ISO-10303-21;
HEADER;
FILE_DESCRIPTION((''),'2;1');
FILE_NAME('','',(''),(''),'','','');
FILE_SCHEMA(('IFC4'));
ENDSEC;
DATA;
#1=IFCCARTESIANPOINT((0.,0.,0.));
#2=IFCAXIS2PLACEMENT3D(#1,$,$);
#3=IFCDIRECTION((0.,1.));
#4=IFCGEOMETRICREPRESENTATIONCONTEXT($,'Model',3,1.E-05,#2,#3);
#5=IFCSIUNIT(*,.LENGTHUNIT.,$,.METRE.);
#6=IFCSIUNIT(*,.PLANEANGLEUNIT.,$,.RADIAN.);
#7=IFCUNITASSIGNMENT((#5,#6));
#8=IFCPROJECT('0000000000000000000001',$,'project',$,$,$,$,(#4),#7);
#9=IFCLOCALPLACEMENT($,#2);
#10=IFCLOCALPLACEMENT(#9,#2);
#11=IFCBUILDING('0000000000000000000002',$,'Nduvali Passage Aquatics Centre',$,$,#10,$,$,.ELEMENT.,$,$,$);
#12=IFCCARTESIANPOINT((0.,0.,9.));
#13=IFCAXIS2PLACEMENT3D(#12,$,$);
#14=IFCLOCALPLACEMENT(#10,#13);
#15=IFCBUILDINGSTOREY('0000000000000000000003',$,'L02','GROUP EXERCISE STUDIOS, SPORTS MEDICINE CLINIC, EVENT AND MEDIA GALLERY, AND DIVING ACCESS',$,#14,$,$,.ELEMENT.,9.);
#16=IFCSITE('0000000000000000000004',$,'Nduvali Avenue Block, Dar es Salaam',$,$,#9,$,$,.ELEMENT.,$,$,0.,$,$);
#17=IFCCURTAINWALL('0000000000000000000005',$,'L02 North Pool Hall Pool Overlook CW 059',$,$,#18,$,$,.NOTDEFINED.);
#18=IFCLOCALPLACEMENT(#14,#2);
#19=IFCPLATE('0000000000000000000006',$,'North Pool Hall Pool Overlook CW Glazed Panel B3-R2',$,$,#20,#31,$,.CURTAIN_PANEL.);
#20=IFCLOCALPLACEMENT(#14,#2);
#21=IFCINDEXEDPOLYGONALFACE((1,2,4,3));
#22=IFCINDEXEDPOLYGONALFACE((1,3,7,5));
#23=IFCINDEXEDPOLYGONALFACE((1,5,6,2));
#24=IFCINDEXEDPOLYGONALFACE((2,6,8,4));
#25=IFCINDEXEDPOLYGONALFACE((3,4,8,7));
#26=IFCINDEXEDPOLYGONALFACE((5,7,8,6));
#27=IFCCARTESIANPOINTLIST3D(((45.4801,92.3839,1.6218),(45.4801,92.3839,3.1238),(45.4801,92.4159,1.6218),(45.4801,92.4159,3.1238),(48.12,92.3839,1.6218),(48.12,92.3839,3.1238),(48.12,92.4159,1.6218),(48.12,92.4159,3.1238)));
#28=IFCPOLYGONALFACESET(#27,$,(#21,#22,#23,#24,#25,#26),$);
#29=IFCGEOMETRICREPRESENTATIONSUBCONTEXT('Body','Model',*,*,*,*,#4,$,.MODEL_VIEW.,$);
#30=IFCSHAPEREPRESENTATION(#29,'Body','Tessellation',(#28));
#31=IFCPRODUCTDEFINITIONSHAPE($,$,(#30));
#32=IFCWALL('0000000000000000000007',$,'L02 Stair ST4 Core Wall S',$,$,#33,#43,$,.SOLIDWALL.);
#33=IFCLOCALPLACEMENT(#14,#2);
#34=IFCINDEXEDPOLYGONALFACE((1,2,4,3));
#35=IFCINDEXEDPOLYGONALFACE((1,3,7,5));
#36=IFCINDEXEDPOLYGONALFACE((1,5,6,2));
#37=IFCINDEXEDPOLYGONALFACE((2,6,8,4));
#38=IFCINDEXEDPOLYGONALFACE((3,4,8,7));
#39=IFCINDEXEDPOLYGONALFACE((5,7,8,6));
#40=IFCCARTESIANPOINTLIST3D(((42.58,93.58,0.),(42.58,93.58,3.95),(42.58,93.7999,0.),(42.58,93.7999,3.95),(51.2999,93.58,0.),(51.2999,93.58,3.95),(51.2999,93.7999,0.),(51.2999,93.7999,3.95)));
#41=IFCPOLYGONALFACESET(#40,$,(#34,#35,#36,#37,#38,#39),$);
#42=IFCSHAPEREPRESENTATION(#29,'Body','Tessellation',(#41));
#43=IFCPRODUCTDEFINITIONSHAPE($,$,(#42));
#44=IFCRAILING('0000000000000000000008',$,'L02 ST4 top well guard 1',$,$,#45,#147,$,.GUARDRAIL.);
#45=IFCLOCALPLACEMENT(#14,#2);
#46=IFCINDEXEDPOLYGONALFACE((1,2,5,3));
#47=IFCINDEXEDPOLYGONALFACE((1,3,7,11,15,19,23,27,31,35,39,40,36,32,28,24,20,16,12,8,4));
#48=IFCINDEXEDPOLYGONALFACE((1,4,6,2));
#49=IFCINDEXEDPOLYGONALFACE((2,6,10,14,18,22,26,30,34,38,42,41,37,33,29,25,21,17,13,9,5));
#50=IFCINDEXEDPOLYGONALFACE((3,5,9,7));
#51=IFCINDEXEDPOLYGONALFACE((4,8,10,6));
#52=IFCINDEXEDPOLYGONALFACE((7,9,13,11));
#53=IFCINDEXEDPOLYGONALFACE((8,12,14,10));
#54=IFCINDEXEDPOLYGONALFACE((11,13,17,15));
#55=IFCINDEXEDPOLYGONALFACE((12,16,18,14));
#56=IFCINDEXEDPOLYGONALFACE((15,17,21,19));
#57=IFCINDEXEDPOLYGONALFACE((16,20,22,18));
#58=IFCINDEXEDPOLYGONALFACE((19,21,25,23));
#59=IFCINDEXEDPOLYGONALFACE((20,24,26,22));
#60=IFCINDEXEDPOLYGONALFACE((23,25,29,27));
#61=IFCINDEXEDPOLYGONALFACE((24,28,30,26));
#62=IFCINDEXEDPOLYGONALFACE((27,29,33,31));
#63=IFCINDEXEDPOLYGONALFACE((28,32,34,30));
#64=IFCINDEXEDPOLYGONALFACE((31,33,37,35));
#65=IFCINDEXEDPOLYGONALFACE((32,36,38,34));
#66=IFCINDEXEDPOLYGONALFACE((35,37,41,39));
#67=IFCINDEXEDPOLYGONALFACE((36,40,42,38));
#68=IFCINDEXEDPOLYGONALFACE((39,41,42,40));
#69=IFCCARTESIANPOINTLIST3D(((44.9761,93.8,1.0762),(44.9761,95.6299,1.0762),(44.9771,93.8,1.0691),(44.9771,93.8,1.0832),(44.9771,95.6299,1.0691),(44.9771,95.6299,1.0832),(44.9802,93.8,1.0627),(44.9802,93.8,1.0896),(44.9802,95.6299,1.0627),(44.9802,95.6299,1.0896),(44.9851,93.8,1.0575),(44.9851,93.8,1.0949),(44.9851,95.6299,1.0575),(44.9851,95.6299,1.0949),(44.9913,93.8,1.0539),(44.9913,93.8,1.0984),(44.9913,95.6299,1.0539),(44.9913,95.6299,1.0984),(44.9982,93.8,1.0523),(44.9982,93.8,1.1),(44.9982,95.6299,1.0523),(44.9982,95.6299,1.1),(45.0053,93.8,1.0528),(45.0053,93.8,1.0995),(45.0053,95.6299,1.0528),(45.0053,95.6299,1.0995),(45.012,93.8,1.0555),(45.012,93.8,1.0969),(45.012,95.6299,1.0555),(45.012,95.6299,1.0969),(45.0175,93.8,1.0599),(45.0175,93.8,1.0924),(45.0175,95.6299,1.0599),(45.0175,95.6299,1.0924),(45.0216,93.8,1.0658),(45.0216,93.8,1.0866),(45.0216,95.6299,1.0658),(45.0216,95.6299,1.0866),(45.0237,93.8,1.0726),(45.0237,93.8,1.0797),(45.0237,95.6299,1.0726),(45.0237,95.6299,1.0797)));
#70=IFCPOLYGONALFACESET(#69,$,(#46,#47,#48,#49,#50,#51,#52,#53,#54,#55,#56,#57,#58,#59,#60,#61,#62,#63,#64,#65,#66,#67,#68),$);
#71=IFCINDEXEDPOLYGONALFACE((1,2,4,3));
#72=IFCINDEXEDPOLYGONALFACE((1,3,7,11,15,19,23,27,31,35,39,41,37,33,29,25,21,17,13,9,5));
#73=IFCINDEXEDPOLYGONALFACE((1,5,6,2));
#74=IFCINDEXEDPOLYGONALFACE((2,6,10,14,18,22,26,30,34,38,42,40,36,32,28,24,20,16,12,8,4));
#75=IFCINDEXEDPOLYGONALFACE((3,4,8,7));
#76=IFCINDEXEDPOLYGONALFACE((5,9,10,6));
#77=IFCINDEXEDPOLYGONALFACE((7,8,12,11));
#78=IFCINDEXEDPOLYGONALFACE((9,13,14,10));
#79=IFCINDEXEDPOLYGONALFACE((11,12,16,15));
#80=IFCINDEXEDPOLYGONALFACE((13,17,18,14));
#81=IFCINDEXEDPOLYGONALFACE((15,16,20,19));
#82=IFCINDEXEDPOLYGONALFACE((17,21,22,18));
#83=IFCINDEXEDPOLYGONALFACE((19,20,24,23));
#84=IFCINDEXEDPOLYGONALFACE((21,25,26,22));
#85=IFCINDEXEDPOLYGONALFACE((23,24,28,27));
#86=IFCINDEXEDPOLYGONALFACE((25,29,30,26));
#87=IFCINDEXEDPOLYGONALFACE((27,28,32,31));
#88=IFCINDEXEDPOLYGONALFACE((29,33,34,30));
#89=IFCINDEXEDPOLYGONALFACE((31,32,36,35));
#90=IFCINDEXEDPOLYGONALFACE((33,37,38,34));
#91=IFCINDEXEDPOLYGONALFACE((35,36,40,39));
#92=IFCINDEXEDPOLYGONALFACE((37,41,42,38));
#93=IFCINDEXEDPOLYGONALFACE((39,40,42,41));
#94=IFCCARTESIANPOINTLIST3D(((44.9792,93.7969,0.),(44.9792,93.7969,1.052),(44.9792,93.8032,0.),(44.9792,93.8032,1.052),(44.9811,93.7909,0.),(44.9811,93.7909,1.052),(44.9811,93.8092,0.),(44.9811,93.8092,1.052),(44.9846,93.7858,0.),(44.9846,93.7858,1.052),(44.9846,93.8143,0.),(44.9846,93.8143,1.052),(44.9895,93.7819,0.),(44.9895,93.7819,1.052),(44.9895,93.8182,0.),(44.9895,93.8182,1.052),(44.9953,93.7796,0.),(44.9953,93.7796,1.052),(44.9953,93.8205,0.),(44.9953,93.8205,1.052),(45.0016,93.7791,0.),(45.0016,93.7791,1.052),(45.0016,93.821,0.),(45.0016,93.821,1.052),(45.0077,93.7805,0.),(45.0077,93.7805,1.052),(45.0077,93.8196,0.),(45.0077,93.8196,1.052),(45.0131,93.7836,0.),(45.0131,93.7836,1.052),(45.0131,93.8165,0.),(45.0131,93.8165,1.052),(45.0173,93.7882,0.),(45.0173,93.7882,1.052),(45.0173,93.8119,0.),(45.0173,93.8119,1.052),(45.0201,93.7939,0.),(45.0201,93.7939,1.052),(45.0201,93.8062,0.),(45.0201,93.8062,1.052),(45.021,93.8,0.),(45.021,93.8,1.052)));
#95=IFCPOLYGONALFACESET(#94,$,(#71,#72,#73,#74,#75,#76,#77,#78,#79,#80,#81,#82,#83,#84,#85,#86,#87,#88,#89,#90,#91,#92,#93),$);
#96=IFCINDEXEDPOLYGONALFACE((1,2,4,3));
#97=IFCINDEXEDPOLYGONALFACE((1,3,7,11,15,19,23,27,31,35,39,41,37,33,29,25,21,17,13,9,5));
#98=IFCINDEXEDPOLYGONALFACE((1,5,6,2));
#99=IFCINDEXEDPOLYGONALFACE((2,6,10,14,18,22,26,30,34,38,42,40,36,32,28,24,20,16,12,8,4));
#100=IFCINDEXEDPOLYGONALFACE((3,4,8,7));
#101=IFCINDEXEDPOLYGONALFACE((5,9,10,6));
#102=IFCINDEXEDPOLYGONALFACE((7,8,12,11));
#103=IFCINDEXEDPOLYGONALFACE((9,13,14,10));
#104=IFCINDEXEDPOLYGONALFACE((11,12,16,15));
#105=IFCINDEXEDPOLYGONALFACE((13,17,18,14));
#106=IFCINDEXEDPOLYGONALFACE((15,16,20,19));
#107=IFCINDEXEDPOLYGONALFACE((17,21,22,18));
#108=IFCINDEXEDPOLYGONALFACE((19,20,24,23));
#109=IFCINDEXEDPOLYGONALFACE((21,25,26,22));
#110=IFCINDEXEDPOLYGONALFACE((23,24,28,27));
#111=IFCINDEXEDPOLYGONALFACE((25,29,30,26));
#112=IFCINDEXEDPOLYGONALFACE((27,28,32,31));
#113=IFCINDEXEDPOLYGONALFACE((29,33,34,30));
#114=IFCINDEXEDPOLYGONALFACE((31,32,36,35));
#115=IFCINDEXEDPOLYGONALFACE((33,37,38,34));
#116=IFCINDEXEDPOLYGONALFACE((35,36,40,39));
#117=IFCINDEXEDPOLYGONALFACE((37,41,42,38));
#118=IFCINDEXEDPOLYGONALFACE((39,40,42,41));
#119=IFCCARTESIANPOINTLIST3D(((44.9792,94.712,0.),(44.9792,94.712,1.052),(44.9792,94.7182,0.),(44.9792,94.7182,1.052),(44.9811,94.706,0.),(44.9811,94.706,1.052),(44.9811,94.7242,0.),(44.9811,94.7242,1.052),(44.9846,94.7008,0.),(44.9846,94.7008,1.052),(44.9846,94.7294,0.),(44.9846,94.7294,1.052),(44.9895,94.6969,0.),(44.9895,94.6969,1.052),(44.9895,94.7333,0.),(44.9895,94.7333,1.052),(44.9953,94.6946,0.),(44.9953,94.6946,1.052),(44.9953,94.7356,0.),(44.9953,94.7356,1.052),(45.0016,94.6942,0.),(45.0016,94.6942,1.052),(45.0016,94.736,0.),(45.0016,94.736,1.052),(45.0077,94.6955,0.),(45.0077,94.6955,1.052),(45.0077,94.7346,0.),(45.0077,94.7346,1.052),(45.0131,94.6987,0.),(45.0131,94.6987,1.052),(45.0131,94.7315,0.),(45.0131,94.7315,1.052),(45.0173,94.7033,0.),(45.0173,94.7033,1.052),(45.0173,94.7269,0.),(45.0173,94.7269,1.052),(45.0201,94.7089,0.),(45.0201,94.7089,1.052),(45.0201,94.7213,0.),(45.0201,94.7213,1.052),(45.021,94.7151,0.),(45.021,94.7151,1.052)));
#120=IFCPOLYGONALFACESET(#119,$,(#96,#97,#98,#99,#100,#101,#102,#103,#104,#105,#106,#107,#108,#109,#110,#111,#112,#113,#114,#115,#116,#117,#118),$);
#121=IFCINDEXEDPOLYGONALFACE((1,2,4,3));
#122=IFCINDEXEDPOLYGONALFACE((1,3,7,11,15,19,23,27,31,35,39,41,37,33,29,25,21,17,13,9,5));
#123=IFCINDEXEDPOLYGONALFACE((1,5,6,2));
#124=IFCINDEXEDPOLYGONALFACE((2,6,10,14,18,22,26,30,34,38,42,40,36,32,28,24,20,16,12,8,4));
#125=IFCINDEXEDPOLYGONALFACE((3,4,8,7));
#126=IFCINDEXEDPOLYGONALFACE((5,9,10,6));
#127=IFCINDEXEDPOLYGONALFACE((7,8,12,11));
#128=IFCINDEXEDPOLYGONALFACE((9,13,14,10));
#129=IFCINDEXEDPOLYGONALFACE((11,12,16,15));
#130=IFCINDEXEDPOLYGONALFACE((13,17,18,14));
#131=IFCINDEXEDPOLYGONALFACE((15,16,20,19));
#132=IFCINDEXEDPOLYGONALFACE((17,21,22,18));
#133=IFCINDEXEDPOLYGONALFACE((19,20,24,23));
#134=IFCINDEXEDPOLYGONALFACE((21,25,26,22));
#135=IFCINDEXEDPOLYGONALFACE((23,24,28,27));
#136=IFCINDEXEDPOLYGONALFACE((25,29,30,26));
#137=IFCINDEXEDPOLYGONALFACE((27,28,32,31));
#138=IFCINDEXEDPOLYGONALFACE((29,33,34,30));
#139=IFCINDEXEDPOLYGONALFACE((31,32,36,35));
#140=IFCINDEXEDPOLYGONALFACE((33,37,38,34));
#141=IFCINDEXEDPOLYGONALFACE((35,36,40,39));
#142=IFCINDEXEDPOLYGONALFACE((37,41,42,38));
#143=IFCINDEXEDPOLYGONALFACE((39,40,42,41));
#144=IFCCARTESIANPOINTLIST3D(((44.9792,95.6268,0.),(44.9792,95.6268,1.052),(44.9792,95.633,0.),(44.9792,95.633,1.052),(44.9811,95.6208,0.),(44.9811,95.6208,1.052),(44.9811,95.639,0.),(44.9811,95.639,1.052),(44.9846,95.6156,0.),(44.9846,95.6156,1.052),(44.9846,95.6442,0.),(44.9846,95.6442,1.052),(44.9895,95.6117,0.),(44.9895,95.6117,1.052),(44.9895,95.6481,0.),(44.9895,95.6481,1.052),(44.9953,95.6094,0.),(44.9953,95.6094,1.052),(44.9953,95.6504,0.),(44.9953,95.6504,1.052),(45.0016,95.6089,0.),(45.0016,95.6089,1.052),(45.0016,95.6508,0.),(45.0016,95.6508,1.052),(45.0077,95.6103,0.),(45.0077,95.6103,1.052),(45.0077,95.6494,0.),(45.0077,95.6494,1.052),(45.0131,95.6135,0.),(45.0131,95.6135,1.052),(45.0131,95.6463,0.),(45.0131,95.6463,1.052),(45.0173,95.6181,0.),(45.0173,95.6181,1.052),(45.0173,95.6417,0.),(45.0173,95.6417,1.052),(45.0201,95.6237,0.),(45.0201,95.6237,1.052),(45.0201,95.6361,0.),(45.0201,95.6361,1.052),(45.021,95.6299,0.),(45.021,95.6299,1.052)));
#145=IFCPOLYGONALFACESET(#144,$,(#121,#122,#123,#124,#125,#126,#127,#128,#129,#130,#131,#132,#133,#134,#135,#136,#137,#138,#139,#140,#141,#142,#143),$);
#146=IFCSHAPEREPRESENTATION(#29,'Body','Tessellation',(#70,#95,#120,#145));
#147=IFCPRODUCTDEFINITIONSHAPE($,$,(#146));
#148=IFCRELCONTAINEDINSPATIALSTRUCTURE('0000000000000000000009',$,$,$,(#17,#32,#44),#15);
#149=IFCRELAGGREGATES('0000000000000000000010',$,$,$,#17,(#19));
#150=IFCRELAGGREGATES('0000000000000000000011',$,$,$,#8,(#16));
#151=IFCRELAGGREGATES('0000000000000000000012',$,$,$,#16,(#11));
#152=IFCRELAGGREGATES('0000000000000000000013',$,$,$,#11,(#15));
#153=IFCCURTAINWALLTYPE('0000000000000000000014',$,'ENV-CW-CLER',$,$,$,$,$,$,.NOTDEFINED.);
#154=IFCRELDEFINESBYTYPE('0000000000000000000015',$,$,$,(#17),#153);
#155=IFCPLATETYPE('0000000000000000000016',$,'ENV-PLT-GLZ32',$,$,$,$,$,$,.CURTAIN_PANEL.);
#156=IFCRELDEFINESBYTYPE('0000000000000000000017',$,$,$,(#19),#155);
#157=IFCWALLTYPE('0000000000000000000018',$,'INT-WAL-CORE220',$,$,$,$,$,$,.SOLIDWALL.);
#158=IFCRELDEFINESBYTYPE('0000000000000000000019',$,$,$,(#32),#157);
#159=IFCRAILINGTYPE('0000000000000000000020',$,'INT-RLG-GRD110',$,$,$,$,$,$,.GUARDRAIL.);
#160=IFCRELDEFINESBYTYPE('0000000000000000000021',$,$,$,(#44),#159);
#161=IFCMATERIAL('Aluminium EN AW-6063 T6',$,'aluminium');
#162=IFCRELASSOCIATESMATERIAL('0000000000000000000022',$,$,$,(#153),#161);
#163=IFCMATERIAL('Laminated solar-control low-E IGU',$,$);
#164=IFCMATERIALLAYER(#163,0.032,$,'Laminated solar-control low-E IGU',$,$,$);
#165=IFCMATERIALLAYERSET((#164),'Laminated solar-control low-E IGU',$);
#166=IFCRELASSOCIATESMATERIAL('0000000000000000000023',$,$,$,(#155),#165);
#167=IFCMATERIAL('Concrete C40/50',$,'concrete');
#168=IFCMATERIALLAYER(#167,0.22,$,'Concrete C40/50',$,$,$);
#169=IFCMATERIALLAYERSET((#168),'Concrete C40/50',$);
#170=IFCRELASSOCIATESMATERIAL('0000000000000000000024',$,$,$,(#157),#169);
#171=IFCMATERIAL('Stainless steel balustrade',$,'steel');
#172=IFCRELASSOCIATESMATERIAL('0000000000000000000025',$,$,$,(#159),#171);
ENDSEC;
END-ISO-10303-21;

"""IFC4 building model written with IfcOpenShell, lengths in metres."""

from ifc_helpers import new_model, si_unit, direction, frame, frame_2d, origin, origin_2d, place, context, subcontext, project, spatial, rectangle, circle, extrude, material, layer, layer_set, type_object, element, aggregate, save


model = new_model("IFC4")

# Units and contexts
model_context = context("Model", 3, precision=1e-05, world=origin(), true_north=direction((0.0, 1.0)))
body_context = subcontext(model_context, "Body", "Model", "MODEL_VIEW")
ifc_project = project(units=[si_unit("LENGTHUNIT", "METRE"), si_unit("PLANEANGLEUNIT", "RADIAN")], contexts=[model_context])

# Site, building, storey
site_placement = place(None, origin())
site = spatial("IfcSite", under=ifc_project, at=site_placement, Name="Nduvali Avenue Block, Dar es Salaam", CompositionType="ELEMENT", RefElevation=0.0)
building_placement = place(site_placement, origin())
building = spatial("IfcBuilding", under=site, at=building_placement, Name="Nduvali Passage Aquatics Centre", CompositionType="ELEMENT")
storey_placement = place(building_placement, frame((0.0, 0.0, 9.0)))
storey = spatial("IfcBuildingStorey", under=building, at=storey_placement, Name="L02", Description="GROUP EXERCISE STUDIOS, SPORTS MEDICINE CLINIC, EVENT AND MEDIA GALLERY, AND DIVING ACCESS", CompositionType="ELEMENT", Elevation=9.0)

# Curtain wall
ifc_material_1 = material(Name="Aluminium EN AW-6063 T6", Category="aluminium")
curtain_wall_type = type_object("IfcCurtainWallType", Name="ENV-CW-CLER", PredefinedType="NOTDEFINED", material=ifc_material_1)
curtain_wall_placement = place(storey_placement, origin())
curtain_wall = element("IfcCurtainWall", 1, at=curtain_wall_placement, inside=storey, type_object=curtain_wall_type, Name="L02 North Pool Hall Pool Overlook CW 059", PredefinedType="NOTDEFINED")

# Plate
ifc_material_2 = material(Name="Laminated solar-control low-E IGU")
ifc_layer_1 = layer(ifc_material_2, 0.032, Name="Laminated solar-control low-E IGU")
ifc_layer_set_1 = layer_set([ifc_layer_1], Name="Laminated solar-control low-E IGU")
plate_type = type_object("IfcPlateType", Name="ENV-PLT-GLZ32", PredefinedType="CURTAIN_PANEL", material=ifc_layer_set_1)
plate_1_placement = place(storey_placement, frame((46.8, 92.3999, 1.6218), z_axis=(0.0, 0.0, 1.0), x_axis=(1.0, 0.0, 0.0)))
plate_1 = element("IfcPlate", 2, at=plate_1_placement, type_object=plate_type, Name="North Pool Hall Pool Overlook CW Glazed Panel B3-R2", PredefinedType="CURTAIN_PANEL", context=body_context, shape_type="SweptSolid", body=[
    extrude(rectangle(XDim=2.6399, YDim=0.032, at=origin_2d()), origin(), (0.0, 0.0, 1.0), 1.502),
])
aggregate(curtain_wall, [plate_1])

# Wall
ifc_material_3 = material(Name="Concrete C40/50", Category="concrete")
ifc_layer_2 = layer(ifc_material_3, 0.22, Name="Concrete C40/50")
ifc_layer_set_2 = layer_set([ifc_layer_2], Name="Concrete C40/50")
wall_type = type_object("IfcWallType", Name="INT-WAL-CORE220", PredefinedType="SOLIDWALL", material=ifc_layer_set_2)
wall_placement = place(storey_placement, frame((42.5801, 93.6899, 0.0), z_axis=(0.0, 0.0, 1.0), x_axis=(1.0, 0.0, 0.0)))
element("IfcWall", 3, at=wall_placement, inside=storey, type_object=wall_type, Name="L02 Stair ST4 Core Wall S", PredefinedType="SOLIDWALL", context=body_context, shape_type="SweptSolid", body=[
    extrude(rectangle(XDim=8.72, YDim=0.22, at=frame_2d((4.3599, 0.0))), origin(), (0.0, 0.0, 1.0), 3.95),
])

# Railing
ifc_material_4 = material(Name="Stainless steel balustrade", Category="steel")
railing_type = type_object("IfcRailingType", Name="INT-RLG-GRD110", PredefinedType="GUARDRAIL", material=ifc_material_4)
railing_placement = place(storey_placement, frame((45.0, 93.8, 0.0)))
element("IfcRailing", 4, at=railing_placement, inside=storey, type_object=railing_type, Name="L02 ST4 top well guard 1", PredefinedType="GUARDRAIL", context=body_context, shape_type="SweptSolid", body=[
    extrude(circle(Radius=0.0239, at=origin_2d()), frame((0.0, 0.0, 1.0762), z_axis=(0.0, 1.0, 0.0), x_axis=(-1.0, 0.0, 0.0)), (0.0, 0.0, 1.0), 1.8298),
    extrude(circle(Radius=0.021, at=origin_2d()), origin(), (0.0, 0.0, 1.0), 1.052),
    extrude(circle(Radius=0.021, at=origin_2d()), frame((0.0, 0.915, 0.0)), (0.0, 0.0, 1.0), 1.052),
    extrude(circle(Radius=0.021, at=origin_2d()), frame((0.0, 1.8298, 0.0)), (0.0, 0.0, 1.0), 1.052),
])

save(model, "model.ifc")
